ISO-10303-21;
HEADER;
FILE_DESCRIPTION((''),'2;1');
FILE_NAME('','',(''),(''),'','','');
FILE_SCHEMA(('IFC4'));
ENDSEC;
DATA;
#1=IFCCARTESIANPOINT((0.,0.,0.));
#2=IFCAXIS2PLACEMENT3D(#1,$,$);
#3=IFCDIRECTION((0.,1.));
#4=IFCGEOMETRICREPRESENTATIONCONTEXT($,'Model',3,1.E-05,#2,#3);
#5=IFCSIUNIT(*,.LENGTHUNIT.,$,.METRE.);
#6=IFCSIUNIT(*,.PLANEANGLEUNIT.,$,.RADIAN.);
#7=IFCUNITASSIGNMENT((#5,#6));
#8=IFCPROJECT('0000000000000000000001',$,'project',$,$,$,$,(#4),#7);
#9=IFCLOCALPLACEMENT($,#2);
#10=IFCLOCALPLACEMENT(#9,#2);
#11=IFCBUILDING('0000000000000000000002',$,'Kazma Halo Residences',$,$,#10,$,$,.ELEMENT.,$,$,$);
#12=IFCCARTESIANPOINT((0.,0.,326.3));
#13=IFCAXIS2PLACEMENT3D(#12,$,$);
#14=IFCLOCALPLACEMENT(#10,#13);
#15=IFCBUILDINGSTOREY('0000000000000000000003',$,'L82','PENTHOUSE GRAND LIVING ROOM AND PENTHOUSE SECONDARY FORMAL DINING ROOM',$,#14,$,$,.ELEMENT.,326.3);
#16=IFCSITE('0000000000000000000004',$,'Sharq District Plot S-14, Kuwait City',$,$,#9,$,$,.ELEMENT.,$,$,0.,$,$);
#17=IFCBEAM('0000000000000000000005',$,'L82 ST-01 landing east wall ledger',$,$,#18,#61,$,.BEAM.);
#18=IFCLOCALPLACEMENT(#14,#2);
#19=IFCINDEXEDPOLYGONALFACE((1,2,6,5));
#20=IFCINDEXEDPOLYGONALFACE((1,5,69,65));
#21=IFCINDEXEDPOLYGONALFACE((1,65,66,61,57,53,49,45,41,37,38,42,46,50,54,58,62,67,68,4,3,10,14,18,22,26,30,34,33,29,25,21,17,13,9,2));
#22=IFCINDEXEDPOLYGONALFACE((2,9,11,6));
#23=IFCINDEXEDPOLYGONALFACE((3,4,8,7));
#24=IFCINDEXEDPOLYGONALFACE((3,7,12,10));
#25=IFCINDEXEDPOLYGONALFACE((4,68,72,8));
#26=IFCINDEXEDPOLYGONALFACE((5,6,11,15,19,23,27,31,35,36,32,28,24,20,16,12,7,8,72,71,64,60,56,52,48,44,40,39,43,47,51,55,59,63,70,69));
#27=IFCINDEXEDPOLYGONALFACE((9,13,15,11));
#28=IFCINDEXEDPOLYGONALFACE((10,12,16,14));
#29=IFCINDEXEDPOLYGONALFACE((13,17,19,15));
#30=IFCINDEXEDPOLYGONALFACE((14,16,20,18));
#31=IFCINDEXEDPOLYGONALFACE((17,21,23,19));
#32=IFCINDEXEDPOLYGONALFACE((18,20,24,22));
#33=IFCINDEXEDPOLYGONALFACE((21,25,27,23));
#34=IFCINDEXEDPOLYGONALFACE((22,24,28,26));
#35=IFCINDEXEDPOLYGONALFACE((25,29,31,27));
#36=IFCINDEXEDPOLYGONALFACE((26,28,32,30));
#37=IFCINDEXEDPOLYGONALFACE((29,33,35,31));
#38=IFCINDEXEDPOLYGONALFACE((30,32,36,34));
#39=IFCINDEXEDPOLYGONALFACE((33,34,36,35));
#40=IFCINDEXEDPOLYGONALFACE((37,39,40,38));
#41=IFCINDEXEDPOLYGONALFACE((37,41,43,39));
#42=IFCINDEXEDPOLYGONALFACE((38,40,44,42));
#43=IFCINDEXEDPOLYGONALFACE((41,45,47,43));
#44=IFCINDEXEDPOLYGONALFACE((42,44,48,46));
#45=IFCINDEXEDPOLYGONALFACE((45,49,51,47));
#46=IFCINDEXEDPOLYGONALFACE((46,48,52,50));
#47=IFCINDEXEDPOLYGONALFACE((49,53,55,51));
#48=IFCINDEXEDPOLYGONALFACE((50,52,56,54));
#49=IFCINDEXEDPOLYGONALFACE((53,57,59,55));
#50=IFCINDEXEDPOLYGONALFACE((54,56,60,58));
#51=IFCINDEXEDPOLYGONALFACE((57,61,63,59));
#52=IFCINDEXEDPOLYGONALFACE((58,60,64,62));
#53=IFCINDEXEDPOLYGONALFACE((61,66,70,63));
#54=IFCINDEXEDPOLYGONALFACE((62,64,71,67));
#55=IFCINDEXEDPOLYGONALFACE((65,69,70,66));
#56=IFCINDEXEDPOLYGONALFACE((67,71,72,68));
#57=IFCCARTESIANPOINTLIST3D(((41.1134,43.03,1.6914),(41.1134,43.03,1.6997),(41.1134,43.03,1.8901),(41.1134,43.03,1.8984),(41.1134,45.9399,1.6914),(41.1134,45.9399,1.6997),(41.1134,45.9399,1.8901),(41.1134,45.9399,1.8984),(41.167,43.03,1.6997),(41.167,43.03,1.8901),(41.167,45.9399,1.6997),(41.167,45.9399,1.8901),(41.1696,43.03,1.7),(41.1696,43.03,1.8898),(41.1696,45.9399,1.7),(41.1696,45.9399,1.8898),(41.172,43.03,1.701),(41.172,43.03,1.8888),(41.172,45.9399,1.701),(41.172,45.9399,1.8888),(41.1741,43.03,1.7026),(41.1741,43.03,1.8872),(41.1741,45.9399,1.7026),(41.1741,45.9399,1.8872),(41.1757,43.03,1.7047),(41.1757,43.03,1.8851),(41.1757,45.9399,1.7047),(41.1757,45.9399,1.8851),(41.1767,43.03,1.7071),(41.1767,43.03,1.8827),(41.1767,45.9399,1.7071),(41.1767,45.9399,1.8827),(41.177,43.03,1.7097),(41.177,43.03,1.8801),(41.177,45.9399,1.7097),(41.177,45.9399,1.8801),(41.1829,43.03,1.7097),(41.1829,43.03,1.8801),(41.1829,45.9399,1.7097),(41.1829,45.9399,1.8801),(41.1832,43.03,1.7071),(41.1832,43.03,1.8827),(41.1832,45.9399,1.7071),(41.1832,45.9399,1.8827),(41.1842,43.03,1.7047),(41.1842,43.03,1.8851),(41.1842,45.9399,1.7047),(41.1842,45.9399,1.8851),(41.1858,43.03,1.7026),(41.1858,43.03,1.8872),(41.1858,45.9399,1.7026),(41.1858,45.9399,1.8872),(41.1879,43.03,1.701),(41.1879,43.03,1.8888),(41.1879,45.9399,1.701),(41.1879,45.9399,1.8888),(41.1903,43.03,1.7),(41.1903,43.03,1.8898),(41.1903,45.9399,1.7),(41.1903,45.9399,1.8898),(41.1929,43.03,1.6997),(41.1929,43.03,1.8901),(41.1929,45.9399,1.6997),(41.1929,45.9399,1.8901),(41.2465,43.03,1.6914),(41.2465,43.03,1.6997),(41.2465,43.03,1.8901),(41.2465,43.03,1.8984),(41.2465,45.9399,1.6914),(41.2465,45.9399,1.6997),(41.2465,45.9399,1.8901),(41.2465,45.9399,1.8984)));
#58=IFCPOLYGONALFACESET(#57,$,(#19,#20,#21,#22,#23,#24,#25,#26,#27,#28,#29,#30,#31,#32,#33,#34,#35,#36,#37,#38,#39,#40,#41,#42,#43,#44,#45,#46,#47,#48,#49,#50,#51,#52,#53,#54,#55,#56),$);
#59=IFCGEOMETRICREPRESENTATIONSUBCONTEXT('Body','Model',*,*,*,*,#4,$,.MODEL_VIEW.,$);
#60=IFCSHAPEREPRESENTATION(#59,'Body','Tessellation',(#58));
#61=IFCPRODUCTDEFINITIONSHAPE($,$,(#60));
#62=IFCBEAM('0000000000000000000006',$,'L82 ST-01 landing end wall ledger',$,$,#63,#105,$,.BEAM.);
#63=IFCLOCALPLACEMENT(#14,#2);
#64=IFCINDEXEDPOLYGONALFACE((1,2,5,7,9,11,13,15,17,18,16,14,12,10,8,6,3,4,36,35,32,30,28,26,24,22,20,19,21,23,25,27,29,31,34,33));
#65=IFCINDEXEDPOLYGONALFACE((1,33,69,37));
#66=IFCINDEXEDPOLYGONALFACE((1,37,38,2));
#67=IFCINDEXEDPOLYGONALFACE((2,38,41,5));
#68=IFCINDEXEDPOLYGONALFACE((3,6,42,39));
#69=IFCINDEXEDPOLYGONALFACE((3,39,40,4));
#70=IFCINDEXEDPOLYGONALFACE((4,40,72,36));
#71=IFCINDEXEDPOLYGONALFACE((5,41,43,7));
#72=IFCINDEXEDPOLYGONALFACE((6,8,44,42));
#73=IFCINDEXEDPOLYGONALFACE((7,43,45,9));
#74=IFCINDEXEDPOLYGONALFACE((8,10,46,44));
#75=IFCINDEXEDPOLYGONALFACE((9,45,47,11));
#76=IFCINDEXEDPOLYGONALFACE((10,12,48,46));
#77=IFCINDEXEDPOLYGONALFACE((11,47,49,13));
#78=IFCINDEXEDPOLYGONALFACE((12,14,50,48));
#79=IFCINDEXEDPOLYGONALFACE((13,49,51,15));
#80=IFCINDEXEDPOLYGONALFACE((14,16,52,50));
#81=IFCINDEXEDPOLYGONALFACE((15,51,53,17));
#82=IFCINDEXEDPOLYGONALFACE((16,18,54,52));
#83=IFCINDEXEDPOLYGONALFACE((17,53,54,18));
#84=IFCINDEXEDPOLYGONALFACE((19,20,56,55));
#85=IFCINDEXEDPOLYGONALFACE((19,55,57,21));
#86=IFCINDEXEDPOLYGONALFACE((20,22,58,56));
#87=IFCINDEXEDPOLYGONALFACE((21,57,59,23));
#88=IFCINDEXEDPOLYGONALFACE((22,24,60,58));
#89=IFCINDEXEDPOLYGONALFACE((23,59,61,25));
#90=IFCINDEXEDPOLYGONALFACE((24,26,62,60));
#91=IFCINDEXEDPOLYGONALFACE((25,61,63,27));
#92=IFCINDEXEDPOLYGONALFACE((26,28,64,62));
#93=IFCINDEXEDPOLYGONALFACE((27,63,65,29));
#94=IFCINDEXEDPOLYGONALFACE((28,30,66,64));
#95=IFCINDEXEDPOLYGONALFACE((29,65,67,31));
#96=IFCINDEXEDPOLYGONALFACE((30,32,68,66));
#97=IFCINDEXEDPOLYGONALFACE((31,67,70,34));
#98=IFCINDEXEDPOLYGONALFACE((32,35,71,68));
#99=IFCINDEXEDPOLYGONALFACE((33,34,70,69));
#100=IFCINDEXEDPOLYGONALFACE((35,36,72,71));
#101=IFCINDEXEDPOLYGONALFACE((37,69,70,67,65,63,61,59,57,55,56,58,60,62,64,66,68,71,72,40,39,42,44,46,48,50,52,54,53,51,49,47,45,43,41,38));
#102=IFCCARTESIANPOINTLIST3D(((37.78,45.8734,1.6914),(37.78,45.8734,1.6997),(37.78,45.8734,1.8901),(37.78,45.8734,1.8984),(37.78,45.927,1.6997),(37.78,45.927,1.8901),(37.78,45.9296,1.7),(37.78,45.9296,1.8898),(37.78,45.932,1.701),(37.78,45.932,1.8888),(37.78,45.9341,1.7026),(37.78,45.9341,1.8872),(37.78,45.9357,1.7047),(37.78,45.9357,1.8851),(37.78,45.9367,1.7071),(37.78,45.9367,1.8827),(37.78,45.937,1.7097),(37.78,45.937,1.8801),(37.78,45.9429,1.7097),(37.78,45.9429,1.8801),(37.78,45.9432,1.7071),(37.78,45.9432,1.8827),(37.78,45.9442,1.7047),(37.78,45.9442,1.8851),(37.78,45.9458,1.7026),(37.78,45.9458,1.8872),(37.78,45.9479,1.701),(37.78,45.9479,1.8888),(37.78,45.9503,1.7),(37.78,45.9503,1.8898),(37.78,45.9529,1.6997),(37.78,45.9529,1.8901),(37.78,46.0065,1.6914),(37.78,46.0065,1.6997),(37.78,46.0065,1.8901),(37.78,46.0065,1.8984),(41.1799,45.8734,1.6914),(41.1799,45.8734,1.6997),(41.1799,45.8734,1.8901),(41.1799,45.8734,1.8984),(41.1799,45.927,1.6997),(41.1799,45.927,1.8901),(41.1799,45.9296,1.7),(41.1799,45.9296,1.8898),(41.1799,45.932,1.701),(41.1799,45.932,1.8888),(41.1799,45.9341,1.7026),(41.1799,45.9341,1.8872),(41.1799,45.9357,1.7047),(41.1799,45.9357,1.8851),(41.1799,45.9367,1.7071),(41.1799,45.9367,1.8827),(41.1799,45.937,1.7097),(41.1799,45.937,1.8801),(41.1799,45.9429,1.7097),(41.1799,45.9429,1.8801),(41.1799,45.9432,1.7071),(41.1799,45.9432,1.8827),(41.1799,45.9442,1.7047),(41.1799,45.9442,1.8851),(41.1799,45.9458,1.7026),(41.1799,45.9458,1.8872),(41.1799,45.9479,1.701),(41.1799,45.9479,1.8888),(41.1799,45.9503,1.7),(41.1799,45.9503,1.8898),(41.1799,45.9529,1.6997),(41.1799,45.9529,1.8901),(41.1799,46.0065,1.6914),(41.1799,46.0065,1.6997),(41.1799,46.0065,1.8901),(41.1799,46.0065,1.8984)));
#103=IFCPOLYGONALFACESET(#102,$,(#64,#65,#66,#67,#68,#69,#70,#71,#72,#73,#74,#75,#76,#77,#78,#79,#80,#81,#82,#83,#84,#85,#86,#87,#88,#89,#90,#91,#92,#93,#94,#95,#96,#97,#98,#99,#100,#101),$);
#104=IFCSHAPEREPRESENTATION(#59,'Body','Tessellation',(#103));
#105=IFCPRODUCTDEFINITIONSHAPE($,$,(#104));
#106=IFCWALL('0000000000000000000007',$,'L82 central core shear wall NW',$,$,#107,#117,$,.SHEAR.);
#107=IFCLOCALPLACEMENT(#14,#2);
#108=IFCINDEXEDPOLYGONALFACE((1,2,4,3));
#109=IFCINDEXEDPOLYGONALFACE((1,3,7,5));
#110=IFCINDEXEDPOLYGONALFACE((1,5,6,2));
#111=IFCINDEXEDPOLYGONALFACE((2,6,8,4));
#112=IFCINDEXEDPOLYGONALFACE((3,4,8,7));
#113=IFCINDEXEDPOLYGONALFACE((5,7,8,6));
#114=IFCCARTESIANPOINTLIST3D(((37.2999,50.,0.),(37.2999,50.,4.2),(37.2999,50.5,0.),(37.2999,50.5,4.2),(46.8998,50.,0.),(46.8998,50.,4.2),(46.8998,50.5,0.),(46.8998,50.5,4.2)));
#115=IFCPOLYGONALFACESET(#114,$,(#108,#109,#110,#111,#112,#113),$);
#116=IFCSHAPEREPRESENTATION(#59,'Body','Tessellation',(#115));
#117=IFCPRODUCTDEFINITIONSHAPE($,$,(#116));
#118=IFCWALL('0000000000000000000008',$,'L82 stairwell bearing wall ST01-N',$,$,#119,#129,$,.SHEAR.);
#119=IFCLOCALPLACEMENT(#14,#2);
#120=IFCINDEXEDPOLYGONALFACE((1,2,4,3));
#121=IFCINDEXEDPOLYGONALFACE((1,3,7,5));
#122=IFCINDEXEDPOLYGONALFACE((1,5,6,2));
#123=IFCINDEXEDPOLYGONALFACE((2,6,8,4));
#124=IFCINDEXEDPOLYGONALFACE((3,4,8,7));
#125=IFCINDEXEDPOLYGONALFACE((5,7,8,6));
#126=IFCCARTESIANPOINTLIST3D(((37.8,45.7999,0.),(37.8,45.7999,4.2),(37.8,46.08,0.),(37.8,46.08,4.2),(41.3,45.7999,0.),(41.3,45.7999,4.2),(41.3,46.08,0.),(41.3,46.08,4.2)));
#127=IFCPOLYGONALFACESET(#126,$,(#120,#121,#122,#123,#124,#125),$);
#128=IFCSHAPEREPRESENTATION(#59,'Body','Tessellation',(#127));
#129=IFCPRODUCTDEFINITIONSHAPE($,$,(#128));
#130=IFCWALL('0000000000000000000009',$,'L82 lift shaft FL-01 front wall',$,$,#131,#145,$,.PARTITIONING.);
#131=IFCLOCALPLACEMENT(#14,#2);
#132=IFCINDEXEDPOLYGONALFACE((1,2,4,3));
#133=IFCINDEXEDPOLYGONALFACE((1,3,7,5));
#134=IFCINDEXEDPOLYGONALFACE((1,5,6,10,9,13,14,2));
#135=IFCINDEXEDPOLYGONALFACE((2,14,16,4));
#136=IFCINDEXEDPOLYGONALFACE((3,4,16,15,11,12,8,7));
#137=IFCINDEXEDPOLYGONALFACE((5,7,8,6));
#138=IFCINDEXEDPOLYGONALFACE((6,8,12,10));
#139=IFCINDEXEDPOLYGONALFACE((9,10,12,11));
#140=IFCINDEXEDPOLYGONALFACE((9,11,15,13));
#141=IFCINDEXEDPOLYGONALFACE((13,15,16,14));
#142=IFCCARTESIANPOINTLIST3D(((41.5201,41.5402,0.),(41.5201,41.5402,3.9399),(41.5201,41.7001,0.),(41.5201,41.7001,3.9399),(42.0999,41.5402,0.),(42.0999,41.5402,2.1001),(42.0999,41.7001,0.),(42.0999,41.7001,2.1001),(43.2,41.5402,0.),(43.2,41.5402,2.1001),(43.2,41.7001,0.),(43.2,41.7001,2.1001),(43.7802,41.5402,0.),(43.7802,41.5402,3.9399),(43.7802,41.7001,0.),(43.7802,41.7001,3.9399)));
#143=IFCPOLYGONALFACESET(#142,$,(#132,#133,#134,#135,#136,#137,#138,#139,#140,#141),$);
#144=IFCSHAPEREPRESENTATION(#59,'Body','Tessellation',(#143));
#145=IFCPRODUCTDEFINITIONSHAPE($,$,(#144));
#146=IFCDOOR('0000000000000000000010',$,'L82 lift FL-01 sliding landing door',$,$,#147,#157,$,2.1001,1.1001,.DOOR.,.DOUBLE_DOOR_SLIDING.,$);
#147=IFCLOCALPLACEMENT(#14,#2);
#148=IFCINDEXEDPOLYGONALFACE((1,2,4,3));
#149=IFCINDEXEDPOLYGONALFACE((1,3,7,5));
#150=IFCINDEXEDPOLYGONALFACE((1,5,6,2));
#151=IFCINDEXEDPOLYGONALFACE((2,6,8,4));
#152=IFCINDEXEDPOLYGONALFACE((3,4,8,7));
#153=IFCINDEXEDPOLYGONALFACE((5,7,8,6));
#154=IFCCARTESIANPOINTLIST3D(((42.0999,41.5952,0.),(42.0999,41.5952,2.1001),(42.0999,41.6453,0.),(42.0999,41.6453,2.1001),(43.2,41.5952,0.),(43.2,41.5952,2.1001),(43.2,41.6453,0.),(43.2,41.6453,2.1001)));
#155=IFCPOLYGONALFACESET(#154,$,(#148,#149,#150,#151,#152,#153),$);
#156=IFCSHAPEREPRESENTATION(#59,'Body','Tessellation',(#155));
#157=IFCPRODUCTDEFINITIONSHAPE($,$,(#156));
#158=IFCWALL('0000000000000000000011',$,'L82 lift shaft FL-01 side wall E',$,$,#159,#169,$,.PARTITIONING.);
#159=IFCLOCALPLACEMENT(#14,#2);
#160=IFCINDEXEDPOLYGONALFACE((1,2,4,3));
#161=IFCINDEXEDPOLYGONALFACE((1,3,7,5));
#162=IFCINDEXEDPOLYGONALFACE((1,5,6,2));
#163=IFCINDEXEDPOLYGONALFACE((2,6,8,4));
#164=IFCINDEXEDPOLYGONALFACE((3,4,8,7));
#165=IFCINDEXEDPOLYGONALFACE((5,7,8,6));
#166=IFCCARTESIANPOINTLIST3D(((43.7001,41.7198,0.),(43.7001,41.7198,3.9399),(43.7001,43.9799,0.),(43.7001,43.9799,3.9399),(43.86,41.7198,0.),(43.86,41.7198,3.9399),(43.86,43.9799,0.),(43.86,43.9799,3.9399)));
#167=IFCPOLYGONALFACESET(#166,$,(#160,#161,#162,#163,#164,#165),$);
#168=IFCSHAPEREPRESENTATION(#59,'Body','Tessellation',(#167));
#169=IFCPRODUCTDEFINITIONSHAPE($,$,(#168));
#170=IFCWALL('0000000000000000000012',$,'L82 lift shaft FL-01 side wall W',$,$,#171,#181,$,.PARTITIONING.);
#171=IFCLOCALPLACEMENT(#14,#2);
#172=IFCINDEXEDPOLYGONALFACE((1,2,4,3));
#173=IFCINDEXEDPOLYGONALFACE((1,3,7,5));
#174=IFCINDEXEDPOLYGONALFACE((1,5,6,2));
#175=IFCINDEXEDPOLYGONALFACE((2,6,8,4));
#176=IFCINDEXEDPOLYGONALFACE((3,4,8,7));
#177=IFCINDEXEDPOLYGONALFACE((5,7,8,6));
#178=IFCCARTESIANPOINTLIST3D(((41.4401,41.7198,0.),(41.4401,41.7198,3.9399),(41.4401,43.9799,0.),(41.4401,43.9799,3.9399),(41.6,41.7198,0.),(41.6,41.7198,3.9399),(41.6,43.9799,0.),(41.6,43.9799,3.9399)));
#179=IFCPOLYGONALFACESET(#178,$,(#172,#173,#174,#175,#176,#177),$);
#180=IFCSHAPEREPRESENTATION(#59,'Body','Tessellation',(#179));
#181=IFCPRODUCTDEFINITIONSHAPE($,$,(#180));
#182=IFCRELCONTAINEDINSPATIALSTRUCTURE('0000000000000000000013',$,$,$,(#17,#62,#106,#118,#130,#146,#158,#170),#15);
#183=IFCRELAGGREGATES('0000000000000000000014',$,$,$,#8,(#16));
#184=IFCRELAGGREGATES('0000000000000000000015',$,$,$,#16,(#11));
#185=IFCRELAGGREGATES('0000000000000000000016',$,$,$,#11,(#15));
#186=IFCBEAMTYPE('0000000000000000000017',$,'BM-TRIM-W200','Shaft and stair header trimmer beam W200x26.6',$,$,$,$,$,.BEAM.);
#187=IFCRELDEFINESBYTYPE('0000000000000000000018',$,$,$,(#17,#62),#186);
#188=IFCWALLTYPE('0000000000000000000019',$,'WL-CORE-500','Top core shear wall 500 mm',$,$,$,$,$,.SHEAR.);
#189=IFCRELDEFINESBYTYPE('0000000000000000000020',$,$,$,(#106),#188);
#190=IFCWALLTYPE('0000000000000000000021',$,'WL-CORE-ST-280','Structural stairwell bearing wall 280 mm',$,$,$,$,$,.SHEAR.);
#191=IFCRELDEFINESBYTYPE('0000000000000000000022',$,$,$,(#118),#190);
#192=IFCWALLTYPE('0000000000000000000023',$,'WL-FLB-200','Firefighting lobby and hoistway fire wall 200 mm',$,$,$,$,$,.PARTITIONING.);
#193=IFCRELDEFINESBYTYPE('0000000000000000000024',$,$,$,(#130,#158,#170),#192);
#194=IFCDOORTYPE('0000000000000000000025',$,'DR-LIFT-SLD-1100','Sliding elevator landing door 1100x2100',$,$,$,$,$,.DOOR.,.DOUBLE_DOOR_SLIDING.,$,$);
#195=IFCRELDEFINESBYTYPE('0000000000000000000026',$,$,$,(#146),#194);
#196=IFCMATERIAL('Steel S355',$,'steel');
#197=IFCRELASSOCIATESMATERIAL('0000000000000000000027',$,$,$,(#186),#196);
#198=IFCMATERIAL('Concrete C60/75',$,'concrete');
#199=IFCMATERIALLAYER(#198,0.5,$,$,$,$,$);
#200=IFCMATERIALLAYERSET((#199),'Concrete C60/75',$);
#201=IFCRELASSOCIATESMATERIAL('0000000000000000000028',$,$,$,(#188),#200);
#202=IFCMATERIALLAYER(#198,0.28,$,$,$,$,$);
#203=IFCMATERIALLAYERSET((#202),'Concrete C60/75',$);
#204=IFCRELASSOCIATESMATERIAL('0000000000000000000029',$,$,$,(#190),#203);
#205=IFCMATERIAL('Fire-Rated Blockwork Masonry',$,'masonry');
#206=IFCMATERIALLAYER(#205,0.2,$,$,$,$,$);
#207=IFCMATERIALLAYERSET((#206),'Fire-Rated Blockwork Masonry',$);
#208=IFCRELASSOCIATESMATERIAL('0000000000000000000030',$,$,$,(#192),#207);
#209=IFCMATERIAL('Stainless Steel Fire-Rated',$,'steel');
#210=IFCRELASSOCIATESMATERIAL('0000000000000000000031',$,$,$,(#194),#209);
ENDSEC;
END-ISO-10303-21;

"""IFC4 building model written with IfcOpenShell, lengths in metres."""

from ifc_helpers import new_model, si_unit, direction, frame, frame_2d, origin, origin_2d, place, context, subcontext, project, spatial, rectangle, i_section, extrude, material, layer, layer_set, material_profile, profile_set, type_object, element, fill, save


model = new_model("IFC4")

# Units and contexts
model_context = context("Model", 3, precision=1e-05, world=origin(), true_north=direction((0.0, 1.0)))
body_context = subcontext(model_context, "Body", "Model", "MODEL_VIEW")
ifc_project = project(units=[si_unit("LENGTHUNIT", "METRE"), si_unit("PLANEANGLEUNIT", "RADIAN")], contexts=[model_context])

# Site, building, storey
site_placement = place(None, origin())
site = spatial("IfcSite", under=ifc_project, at=site_placement, Name="Sharq District Plot S-14, Kuwait City", CompositionType="ELEMENT", RefElevation=0.0)
building_placement = place(site_placement, origin())
building = spatial("IfcBuilding", under=site, at=building_placement, Name="Kazma Halo Residences", CompositionType="ELEMENT")
storey_placement = place(building_placement, frame((0.0, 0.0, 326.3)))
storey = spatial("IfcBuildingStorey", under=building, at=storey_placement, Name="L82", Description="PENTHOUSE GRAND LIVING ROOM AND PENTHOUSE SECONDARY FORMAL DINING ROOM", CompositionType="ELEMENT", Elevation=326.3)

# Shared definitions
ifc_material_1 = material(Name="Steel S355", Category="steel")

# Beams
ifc_material_profile_1 = material_profile(ifc_material_1, i_section(OverallWidth=0.1331, OverallDepth=0.207, WebThickness=0.0059, FlangeThickness=0.0083, FilletRadius=0.01, at=origin_2d()), Name="W200x26.6")
ifc_profile_set_1 = profile_set([ifc_material_profile_1], Name="Steel S355")
beam_type_1 = type_object("IfcBeamType", Name="BM-TRIM-W200", Description="Shaft and stair header trimmer beam W200x26.6", PredefinedType="BEAM", material=ifc_profile_set_1)
beam_1_placement = place(storey_placement, frame((41.1799, 43.03, 1.7949), z_axis=(0.0, 1.0, 0.0), x_axis=(-1.0, 0.0, 0.0)))
element("IfcBeam", 1, at=beam_1_placement, inside=storey, type_object=beam_type_1, Name="L82 ST-01 landing east wall ledger", PredefinedType="BEAM", context=body_context, shape_type="SweptSolid", body=[
    extrude(i_section(OverallWidth=0.1331, OverallDepth=0.207, WebThickness=0.0059, FlangeThickness=0.0083, FilletRadius=0.01, at=origin_2d()), origin(), (0.0, 0.0, 1.0), 2.9099),
])
beam_2_placement = place(storey_placement, frame((37.78, 45.9399, 1.7949), z_axis=(1.0, 0.0, 0.0), x_axis=(0.0, 1.0, 0.0)))
element("IfcBeam", 2, at=beam_2_placement, inside=storey, type_object=beam_type_1, Name="L82 ST-01 landing end wall ledger", PredefinedType="BEAM", context=body_context, shape_type="SweptSolid", body=[
    extrude(i_section(OverallWidth=0.1331, OverallDepth=0.207, WebThickness=0.0059, FlangeThickness=0.0083, FilletRadius=0.01, at=origin_2d()), origin(), (0.0, 0.0, 1.0), 3.3999),
])

# Walls
ifc_material_2 = material(Name="Concrete C60/75", Category="concrete")
ifc_layer_1 = layer(ifc_material_2, 0.5)
ifc_layer_set_1 = layer_set([ifc_layer_1], Name="Concrete C60/75")
wall_type_1 = type_object("IfcWallType", Name="WL-CORE-500", Description="Top core shear wall 500 mm", PredefinedType="SHEAR", material=ifc_layer_set_1)
wall_1_placement = place(storey_placement, frame((37.3, 50.25, 0.0), z_axis=(0.0, 0.0, 1.0), x_axis=(1.0, 0.0, 0.0)))
element("IfcWall", 3, at=wall_1_placement, inside=storey, type_object=wall_type_1, Name="L82 central core shear wall NW", PredefinedType="SHEAR", context=body_context, shape_type="SweptSolid", body=[
    extrude(rectangle(XDim=9.5999, YDim=0.5, at=frame_2d((4.7998, 0.0))), origin(), (0.0, 0.0, 1.0), 4.2),
])
ifc_layer_2 = layer(ifc_material_2, 0.28)
ifc_layer_set_2 = layer_set([ifc_layer_2], Name="Concrete C60/75")
wall_type_2 = type_object("IfcWallType", Name="WL-CORE-ST-280", Description="Structural stairwell bearing wall 280 mm", PredefinedType="SHEAR", material=ifc_layer_set_2)
wall_2_placement = place(storey_placement, frame((37.8, 45.9399, 0.0), z_axis=(0.0, 0.0, 1.0), x_axis=(1.0, 0.0, 0.0)))
element("IfcWall", 4, at=wall_2_placement, inside=storey, type_object=wall_type_2, Name="L82 stairwell bearing wall ST01-N", PredefinedType="SHEAR", context=body_context, shape_type="SweptSolid", body=[
    extrude(rectangle(XDim=3.5, YDim=0.28, at=frame_2d((1.75, 0.0))), origin(), (0.0, 0.0, 1.0), 4.2),
])

# Wall, opening, door
ifc_material_3 = material(Name="Fire-Rated Blockwork Masonry", Category="masonry")
ifc_layer_3 = layer(ifc_material_3, 0.2)
ifc_layer_set_3 = layer_set([ifc_layer_3], Name="Fire-Rated Blockwork Masonry")
wall_type_3 = type_object("IfcWallType", Name="WL-FLB-200", Description="Firefighting lobby and hoistway fire wall 200 mm", PredefinedType="PARTITIONING", material=ifc_layer_set_3)
wall_3_placement = place(storey_placement, frame((43.78, 41.6201, 0.0), z_axis=(0.0, 0.0, 1.0), x_axis=(-1.0, 0.0, 0.0)))
wall_3 = element("IfcWall", 5, at=wall_3_placement, inside=storey, type_object=wall_type_3, Name="L82 lift shaft FL-01 front wall", PredefinedType="PARTITIONING", context=body_context, shape_type="SweptSolid", body=[
    extrude(rectangle(XDim=2.26, YDim=0.1599, at=frame_2d((1.1299, 0.0))), origin(), (0.0, 0.0, 1.0), 3.9399),
])
opening_1_placement = place(wall_3_placement, frame((0.5801, 0.0, 0.0)))
opening_1 = element("IfcOpeningElement", 6, at=opening_1_placement, cuts=wall_3, PredefinedType="OPENING", context=body_context, shape_type="SweptSolid", body=[
    extrude(rectangle(XDim=1.1001, YDim=2.1001, at=frame_2d((0.55, 1.05))), frame((0.0, 0.0898, 0.0), z_axis=(0.0, -1.0, 0.0), x_axis=(1.0, 0.0, 0.0)), (0.0, 0.0, 1.0), 0.1799),
])
ifc_material_4 = material(Name="Stainless Steel Fire-Rated", Category="steel")
door_type_1 = type_object("IfcDoorType", Name="DR-LIFT-SLD-1100", Description="Sliding elevator landing door 1100x2100", OperationType="DOUBLE_DOOR_SLIDING", PredefinedType="DOOR", material=ifc_material_4)
door_1_placement = place(opening_1_placement, origin())
door_1 = element("IfcDoor", 7, at=door_1_placement, inside=storey, type_object=door_type_1, Name="L82 lift FL-01 sliding landing door", OperationType="DOUBLE_DOOR_SLIDING", OverallHeight=2.1001, OverallWidth=1.1001, PredefinedType="DOOR", context=body_context, shape_type="SweptSolid", body=[
    extrude(rectangle(XDim=1.1001, YDim=2.1001, at=frame_2d((0.55, 1.05))), frame((0.0, 0.0249, 0.0), z_axis=(0.0, -1.0, 0.0), x_axis=(1.0, 0.0, 0.0)), (0.0, 0.0, 1.0), 0.05),
])
fill(opening_1, door_1)

# Walls
for number, where, z_axis, x_axis, name in (
    (8, (43.78, 41.72, 0.0), (0.0, 0.0, 1.0), (0.0, 1.0, 0.0), "L82 lift shaft FL-01 side wall E"),
    (9, (41.52, 41.72, 0.0), (0.0, 0.0, 1.0), (0.0, 1.0, 0.0), "L82 lift shaft FL-01 side wall W"),
):
    element("IfcWall", number, at=place(storey_placement, frame(where, z_axis=z_axis, x_axis=x_axis)), inside=storey, type_object=wall_type_3, Name=name, PredefinedType="PARTITIONING", context=body_context, shape_type="SweptSolid", body=[
        extrude(rectangle(XDim=2.26, YDim=0.1599, at=frame_2d((1.1299, 0.0))), origin(), (0.0, 0.0, 1.0), 3.9399),
    ])

save(model, "model.ifc")
